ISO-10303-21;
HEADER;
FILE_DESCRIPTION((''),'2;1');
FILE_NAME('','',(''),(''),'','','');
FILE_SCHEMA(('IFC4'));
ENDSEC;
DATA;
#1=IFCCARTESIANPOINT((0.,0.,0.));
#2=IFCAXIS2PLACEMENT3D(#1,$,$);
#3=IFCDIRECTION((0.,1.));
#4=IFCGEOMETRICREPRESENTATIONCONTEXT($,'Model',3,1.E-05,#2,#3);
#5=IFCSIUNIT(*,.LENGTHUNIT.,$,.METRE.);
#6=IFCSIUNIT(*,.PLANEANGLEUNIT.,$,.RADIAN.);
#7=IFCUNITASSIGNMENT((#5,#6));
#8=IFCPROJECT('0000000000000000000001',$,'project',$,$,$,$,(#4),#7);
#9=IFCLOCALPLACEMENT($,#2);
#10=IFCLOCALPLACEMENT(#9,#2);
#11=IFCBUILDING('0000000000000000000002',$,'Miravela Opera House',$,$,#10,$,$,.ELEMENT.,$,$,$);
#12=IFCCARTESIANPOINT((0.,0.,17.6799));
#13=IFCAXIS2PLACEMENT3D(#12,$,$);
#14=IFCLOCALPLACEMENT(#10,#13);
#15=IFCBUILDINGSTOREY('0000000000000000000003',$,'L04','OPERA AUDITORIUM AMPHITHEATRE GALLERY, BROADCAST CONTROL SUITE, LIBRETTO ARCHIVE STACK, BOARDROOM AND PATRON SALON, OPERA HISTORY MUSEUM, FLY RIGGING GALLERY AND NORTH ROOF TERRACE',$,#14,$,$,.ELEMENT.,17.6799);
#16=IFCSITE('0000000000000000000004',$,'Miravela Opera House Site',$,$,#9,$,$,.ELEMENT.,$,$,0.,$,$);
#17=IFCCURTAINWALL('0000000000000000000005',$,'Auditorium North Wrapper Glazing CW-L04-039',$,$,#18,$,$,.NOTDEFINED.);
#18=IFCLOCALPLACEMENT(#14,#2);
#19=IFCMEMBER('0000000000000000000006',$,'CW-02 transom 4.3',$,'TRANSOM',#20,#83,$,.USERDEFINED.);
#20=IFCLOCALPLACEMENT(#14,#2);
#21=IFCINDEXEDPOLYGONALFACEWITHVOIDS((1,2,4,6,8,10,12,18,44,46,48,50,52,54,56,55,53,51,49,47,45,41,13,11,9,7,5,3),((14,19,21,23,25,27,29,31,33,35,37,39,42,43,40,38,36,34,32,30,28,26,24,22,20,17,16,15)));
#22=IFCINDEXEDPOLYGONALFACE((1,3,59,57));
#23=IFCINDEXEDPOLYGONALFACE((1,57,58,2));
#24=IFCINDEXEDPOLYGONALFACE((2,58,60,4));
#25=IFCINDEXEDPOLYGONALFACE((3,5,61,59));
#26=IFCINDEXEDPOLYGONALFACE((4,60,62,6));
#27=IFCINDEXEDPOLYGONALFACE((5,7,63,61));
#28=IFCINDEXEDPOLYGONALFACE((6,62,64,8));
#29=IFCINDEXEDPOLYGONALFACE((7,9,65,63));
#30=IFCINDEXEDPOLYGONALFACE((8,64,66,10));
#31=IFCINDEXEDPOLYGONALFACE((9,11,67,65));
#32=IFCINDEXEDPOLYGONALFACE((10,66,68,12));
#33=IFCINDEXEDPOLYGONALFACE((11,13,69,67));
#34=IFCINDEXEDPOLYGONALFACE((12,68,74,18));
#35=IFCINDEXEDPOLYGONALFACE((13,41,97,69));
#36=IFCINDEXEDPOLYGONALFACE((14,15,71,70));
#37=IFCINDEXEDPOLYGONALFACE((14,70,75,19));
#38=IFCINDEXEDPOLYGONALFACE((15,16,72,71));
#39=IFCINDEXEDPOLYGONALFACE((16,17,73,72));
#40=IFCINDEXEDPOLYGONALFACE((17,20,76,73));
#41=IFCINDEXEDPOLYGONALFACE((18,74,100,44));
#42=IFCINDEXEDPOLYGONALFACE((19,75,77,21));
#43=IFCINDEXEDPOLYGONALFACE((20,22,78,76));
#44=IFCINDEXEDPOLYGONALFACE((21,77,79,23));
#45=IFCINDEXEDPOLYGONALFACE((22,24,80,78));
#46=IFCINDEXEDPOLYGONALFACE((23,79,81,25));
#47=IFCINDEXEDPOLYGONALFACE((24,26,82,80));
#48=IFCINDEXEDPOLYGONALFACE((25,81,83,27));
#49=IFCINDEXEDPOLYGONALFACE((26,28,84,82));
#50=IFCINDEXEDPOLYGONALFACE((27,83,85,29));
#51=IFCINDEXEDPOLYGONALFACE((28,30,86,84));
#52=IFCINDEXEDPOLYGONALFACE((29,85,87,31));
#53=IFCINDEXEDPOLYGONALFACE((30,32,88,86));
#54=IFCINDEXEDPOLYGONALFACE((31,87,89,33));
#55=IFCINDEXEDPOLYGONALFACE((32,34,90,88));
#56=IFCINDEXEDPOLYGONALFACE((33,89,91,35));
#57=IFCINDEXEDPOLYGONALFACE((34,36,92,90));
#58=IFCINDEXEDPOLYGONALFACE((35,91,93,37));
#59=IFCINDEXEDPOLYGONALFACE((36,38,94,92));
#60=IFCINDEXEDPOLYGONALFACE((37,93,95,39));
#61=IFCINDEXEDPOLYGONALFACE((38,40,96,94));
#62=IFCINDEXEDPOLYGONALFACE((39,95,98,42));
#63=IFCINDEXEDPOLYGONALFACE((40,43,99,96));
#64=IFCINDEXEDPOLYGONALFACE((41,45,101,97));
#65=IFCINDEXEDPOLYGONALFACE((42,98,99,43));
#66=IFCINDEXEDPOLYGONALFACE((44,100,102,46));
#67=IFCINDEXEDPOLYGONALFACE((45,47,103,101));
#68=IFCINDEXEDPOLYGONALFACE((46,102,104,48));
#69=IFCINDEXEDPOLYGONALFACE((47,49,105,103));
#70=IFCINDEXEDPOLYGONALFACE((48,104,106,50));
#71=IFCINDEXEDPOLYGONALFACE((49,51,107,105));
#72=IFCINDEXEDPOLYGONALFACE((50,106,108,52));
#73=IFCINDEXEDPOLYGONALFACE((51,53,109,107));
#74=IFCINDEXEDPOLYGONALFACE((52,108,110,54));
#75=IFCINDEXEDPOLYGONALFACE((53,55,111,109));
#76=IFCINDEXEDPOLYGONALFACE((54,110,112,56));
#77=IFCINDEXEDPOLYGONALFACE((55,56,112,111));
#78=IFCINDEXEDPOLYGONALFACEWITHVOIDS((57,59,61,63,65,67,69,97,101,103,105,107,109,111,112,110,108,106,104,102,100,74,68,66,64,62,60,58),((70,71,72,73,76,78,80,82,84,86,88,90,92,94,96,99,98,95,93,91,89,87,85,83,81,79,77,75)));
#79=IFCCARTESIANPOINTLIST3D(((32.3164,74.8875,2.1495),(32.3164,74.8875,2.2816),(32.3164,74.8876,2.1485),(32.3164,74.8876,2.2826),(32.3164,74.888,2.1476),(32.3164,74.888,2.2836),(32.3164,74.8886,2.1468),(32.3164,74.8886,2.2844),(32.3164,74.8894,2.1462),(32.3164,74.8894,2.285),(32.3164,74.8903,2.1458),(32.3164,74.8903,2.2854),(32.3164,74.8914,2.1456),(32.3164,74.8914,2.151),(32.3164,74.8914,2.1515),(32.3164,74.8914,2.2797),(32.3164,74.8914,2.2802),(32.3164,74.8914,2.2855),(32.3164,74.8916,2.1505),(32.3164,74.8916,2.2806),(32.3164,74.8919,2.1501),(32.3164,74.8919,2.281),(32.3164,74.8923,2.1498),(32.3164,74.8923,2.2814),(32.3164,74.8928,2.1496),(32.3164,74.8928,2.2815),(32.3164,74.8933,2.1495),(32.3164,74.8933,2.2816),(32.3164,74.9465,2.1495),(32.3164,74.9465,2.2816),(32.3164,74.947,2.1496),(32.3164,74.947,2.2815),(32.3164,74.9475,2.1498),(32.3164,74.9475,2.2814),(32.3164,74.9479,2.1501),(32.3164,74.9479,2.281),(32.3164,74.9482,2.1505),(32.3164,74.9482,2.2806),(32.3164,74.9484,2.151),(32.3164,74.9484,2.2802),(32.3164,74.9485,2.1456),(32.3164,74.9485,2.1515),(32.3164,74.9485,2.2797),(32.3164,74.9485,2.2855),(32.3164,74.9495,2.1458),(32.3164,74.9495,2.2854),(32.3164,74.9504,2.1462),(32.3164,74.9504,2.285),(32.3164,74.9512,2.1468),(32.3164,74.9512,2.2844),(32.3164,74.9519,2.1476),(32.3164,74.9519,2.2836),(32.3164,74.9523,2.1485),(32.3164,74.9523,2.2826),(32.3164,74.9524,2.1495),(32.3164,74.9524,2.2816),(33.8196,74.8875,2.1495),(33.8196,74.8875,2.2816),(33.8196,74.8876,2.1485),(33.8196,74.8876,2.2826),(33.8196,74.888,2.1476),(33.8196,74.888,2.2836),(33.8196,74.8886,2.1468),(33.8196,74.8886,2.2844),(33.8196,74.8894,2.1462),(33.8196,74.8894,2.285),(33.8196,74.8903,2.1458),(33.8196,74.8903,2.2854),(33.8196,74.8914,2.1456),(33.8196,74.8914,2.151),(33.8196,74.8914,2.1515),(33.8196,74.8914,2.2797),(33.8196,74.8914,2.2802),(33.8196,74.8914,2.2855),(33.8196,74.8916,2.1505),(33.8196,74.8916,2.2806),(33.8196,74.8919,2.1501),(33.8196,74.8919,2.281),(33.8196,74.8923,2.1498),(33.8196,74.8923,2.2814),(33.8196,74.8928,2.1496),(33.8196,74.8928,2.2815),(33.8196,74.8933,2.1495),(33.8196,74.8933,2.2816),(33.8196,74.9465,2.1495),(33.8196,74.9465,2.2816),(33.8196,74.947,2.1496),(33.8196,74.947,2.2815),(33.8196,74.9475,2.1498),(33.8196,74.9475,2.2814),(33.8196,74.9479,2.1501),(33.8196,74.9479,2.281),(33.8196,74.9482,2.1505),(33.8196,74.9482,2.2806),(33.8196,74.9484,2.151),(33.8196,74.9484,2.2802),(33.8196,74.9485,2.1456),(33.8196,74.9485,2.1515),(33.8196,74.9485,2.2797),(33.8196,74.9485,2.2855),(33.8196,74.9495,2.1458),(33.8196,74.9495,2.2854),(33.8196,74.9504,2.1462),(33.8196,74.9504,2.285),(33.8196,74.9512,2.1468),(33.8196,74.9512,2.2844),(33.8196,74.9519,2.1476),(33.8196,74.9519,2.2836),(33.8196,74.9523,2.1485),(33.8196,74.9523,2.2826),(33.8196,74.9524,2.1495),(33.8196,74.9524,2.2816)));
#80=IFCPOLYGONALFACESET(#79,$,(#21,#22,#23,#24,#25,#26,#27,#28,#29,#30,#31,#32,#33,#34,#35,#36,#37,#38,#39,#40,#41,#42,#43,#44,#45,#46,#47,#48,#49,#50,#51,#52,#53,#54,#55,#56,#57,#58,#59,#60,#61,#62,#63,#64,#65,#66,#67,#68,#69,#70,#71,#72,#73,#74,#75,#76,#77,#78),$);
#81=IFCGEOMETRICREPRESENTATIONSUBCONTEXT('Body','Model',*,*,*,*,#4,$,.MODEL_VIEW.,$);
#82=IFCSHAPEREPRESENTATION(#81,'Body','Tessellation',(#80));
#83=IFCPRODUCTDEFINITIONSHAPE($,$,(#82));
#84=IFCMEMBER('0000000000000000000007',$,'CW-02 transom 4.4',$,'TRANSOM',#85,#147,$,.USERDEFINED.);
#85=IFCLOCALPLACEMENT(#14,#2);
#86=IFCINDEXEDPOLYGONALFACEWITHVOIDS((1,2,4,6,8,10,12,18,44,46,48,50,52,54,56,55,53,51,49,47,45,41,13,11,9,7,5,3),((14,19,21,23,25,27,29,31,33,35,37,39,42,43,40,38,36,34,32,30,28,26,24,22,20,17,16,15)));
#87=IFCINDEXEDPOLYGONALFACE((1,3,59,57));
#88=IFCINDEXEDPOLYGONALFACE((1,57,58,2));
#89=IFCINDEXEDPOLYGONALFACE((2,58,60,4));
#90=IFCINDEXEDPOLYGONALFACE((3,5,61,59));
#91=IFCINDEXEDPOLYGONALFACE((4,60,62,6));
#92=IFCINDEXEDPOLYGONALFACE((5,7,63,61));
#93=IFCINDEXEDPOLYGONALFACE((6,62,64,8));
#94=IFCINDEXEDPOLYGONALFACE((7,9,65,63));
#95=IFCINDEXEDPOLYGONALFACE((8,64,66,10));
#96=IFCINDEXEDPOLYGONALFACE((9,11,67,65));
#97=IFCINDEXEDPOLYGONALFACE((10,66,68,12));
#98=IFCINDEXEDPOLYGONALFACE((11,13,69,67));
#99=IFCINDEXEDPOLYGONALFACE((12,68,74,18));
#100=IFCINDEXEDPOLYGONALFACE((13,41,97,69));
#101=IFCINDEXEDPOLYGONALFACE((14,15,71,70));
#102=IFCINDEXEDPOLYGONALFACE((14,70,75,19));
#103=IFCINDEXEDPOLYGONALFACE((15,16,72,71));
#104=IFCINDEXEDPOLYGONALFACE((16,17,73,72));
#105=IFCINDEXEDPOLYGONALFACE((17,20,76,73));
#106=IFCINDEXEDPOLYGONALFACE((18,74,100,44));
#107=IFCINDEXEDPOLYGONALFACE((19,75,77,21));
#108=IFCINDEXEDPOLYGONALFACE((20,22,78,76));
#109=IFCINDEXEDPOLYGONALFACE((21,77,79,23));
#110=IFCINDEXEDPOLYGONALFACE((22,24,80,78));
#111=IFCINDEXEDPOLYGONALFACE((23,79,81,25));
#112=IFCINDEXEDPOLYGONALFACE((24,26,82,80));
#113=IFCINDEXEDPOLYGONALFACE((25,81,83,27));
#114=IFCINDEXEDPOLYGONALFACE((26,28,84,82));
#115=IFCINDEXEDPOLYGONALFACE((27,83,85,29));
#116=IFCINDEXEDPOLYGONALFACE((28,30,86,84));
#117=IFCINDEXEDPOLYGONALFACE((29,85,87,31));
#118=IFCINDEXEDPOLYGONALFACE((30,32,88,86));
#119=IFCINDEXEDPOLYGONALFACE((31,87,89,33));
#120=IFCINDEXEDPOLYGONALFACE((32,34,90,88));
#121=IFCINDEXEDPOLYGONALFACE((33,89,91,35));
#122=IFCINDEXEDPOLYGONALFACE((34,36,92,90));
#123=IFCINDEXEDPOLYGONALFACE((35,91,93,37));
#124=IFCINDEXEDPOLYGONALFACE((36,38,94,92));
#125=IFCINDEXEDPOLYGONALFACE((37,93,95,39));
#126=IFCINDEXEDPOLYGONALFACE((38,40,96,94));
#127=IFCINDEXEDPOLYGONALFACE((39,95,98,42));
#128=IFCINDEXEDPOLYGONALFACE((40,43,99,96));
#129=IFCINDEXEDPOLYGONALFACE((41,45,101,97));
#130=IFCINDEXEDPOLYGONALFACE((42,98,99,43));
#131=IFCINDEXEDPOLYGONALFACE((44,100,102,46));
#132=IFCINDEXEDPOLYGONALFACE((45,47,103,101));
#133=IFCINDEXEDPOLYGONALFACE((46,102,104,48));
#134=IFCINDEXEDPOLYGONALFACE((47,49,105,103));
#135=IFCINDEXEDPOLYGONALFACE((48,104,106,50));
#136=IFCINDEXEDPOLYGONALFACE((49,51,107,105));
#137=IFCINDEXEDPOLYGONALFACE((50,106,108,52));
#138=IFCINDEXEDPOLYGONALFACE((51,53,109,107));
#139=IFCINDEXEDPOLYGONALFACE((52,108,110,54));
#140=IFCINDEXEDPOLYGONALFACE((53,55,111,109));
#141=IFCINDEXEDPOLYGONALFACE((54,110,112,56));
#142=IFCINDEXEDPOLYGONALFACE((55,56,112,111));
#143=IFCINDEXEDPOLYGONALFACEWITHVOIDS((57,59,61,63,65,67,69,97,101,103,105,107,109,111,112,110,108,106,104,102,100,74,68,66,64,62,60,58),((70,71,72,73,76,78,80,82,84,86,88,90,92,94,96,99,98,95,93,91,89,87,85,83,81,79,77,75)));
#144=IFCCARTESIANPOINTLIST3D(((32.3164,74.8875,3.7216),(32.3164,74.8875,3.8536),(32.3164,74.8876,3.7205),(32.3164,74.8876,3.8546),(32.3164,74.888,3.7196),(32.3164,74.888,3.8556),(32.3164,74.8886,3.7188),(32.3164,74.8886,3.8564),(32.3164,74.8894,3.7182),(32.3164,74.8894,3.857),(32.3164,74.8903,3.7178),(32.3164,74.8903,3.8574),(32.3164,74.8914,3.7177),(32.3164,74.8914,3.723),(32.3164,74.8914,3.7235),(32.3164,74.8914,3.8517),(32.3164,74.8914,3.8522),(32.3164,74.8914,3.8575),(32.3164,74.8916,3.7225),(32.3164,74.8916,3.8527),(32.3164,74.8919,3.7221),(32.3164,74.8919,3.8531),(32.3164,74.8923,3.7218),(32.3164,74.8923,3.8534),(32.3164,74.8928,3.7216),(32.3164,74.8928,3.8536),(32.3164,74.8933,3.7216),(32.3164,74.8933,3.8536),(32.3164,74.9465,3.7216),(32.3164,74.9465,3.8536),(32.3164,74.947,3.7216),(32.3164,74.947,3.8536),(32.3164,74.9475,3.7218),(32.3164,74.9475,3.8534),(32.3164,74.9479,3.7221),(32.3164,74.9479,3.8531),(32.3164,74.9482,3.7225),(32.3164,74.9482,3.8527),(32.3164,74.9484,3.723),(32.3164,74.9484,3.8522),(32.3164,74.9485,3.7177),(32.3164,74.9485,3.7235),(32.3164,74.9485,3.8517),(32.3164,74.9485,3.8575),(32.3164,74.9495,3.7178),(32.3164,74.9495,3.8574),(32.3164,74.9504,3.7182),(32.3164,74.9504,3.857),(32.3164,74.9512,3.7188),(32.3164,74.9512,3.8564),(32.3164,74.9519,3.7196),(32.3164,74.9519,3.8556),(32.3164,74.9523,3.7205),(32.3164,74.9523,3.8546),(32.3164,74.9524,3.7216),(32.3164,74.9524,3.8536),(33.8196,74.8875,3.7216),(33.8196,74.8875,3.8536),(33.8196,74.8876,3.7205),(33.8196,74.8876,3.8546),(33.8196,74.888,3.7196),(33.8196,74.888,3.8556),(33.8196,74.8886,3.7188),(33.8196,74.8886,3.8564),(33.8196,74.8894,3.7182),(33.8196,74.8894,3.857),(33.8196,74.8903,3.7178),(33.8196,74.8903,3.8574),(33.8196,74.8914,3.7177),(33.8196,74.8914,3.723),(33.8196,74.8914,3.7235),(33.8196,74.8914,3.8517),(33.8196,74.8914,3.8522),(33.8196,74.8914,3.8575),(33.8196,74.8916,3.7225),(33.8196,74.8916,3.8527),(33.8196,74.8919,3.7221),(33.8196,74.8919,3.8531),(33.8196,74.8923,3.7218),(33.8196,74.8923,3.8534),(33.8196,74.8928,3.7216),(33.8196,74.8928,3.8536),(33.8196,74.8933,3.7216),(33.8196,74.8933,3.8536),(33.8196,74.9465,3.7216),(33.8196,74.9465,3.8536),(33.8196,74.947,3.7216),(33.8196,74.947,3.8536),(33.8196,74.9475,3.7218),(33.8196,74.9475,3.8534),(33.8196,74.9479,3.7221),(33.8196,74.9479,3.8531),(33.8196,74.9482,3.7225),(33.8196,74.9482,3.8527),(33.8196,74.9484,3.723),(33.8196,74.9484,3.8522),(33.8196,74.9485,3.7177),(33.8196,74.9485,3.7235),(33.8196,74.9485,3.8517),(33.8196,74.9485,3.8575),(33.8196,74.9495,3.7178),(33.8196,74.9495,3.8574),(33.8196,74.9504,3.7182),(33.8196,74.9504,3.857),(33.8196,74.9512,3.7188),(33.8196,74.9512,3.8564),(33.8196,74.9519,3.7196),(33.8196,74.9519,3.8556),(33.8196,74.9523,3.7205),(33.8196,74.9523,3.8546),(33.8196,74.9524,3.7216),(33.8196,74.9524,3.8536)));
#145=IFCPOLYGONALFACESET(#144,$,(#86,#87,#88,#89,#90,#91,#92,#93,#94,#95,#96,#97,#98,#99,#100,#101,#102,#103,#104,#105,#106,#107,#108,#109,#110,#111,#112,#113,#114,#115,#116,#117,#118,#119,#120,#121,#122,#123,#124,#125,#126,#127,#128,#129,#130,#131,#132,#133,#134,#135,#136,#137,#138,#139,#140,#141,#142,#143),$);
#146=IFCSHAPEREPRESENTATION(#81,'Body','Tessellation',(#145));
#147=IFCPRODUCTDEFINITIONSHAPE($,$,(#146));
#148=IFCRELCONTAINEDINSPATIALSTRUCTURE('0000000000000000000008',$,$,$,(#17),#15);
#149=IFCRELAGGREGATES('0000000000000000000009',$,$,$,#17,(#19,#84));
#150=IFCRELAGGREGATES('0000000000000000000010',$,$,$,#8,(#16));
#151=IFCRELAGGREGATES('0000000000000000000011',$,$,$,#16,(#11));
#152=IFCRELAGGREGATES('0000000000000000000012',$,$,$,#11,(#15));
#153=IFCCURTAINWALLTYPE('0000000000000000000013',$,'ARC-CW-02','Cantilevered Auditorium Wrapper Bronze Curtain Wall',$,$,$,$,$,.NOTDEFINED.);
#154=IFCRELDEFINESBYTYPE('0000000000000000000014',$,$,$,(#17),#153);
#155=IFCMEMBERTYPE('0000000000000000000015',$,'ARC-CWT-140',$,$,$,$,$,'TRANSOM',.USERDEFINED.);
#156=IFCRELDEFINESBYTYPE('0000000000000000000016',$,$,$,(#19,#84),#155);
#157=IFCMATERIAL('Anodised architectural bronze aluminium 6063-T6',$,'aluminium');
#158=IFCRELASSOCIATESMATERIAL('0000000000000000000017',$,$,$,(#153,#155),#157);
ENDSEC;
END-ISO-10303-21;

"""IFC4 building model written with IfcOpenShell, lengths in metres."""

from ifc_helpers import new_model, si_unit, direction, frame, origin, origin_2d, place, context, subcontext, project, spatial, hollow_rectangle, extrude, material, material_profile, profile_set, type_object, element, aggregate, save


model = new_model("IFC4")

# Units and contexts
model_context = context("Model", 3, precision=1e-05, world=origin(), true_north=direction((0.0, 1.0)))
body_context = subcontext(model_context, "Body", "Model", "MODEL_VIEW")
ifc_project = project(units=[si_unit("LENGTHUNIT", "METRE"), si_unit("PLANEANGLEUNIT", "RADIAN")], contexts=[model_context])

# Site, building, storey
site_placement = place(None, origin())
site = spatial("IfcSite", under=ifc_project, at=site_placement, Name="Miravela Opera House Site", CompositionType="ELEMENT", RefElevation=0.0)
building_placement = place(site_placement, origin())
building = spatial("IfcBuilding", under=site, at=building_placement, Name="Miravela Opera House", CompositionType="ELEMENT")
storey_placement = place(building_placement, frame((0.0, 0.0, 17.6799)))
storey = spatial("IfcBuildingStorey", under=building, at=storey_placement, Name="L04", Description="OPERA AUDITORIUM AMPHITHEATRE GALLERY, BROADCAST CONTROL SUITE, LIBRETTO ARCHIVE STACK, BOARDROOM AND PATRON SALON, OPERA HISTORY MUSEUM, FLY RIGGING GALLERY AND NORTH ROOF TERRACE", CompositionType="ELEMENT", Elevation=17.6799)

# Curtain wall
ifc_material_1 = material(Name="Anodised architectural bronze aluminium 6063-T6", Category="aluminium")
curtain_wall_type = type_object("IfcCurtainWallType", Name="ARC-CW-02", Description="Cantilevered Auditorium Wrapper Bronze Curtain Wall", PredefinedType="NOTDEFINED", material=ifc_material_1)
curtain_wall_1_placement = place(storey_placement, origin())
curtain_wall_1 = element("IfcCurtainWall", 1, at=curtain_wall_1_placement, inside=storey, type_object=curtain_wall_type, Name="Auditorium North Wrapper Glazing CW-L04-039", PredefinedType="NOTDEFINED")

# Members
ifc_material_profile_1 = material_profile(ifc_material_1, hollow_rectangle(XDim=0.0649, YDim=0.1399, WallThickness=0.0039, InnerFilletRadius=0.002, OuterFilletRadius=0.0039, at=origin_2d()), Name="CWT-65X140")
ifc_profile_set_1 = profile_set([ifc_material_profile_1])
member_type_1 = type_object("IfcMemberType", Name="ARC-CWT-140", ElementType="TRANSOM", PredefinedType="USERDEFINED", material=ifc_profile_set_1)
member_1_placement = place(storey_placement, frame((32.3164, 74.9199, 2.2156), z_axis=(1.0, 0.0, 0.0), x_axis=(0.0, 1.0, 0.0)))
member_1 = element("IfcMember", 2, at=member_1_placement, type_object=member_type_1, Name="CW-02 transom 4.3", ObjectType="TRANSOM", PredefinedType="USERDEFINED", context=body_context, shape_type="SweptSolid", body=[
    extrude(hollow_rectangle(XDim=0.0649, YDim=0.1399, WallThickness=0.0039, InnerFilletRadius=0.002, OuterFilletRadius=0.0039, at=origin_2d()), origin(), (0.0, 0.0, 1.0), 1.5032),
])
member_2_placement = place(storey_placement, frame((32.3164, 74.9199, 3.7876), z_axis=(1.0, 0.0, 0.0), x_axis=(0.0, 1.0, 0.0)))
member_2 = element("IfcMember", 3, at=member_2_placement, type_object=member_type_1, Name="CW-02 transom 4.4", ObjectType="TRANSOM", PredefinedType="USERDEFINED", context=body_context, shape_type="SweptSolid", body=[
    extrude(hollow_rectangle(XDim=0.0649, YDim=0.1399, WallThickness=0.0039, InnerFilletRadius=0.002, OuterFilletRadius=0.0039, at=origin_2d()), origin(), (0.0, 0.0, 1.0), 1.5032),
])

aggregate(curtain_wall_1, [member_1, member_2])

save(model, "model.ifc")
